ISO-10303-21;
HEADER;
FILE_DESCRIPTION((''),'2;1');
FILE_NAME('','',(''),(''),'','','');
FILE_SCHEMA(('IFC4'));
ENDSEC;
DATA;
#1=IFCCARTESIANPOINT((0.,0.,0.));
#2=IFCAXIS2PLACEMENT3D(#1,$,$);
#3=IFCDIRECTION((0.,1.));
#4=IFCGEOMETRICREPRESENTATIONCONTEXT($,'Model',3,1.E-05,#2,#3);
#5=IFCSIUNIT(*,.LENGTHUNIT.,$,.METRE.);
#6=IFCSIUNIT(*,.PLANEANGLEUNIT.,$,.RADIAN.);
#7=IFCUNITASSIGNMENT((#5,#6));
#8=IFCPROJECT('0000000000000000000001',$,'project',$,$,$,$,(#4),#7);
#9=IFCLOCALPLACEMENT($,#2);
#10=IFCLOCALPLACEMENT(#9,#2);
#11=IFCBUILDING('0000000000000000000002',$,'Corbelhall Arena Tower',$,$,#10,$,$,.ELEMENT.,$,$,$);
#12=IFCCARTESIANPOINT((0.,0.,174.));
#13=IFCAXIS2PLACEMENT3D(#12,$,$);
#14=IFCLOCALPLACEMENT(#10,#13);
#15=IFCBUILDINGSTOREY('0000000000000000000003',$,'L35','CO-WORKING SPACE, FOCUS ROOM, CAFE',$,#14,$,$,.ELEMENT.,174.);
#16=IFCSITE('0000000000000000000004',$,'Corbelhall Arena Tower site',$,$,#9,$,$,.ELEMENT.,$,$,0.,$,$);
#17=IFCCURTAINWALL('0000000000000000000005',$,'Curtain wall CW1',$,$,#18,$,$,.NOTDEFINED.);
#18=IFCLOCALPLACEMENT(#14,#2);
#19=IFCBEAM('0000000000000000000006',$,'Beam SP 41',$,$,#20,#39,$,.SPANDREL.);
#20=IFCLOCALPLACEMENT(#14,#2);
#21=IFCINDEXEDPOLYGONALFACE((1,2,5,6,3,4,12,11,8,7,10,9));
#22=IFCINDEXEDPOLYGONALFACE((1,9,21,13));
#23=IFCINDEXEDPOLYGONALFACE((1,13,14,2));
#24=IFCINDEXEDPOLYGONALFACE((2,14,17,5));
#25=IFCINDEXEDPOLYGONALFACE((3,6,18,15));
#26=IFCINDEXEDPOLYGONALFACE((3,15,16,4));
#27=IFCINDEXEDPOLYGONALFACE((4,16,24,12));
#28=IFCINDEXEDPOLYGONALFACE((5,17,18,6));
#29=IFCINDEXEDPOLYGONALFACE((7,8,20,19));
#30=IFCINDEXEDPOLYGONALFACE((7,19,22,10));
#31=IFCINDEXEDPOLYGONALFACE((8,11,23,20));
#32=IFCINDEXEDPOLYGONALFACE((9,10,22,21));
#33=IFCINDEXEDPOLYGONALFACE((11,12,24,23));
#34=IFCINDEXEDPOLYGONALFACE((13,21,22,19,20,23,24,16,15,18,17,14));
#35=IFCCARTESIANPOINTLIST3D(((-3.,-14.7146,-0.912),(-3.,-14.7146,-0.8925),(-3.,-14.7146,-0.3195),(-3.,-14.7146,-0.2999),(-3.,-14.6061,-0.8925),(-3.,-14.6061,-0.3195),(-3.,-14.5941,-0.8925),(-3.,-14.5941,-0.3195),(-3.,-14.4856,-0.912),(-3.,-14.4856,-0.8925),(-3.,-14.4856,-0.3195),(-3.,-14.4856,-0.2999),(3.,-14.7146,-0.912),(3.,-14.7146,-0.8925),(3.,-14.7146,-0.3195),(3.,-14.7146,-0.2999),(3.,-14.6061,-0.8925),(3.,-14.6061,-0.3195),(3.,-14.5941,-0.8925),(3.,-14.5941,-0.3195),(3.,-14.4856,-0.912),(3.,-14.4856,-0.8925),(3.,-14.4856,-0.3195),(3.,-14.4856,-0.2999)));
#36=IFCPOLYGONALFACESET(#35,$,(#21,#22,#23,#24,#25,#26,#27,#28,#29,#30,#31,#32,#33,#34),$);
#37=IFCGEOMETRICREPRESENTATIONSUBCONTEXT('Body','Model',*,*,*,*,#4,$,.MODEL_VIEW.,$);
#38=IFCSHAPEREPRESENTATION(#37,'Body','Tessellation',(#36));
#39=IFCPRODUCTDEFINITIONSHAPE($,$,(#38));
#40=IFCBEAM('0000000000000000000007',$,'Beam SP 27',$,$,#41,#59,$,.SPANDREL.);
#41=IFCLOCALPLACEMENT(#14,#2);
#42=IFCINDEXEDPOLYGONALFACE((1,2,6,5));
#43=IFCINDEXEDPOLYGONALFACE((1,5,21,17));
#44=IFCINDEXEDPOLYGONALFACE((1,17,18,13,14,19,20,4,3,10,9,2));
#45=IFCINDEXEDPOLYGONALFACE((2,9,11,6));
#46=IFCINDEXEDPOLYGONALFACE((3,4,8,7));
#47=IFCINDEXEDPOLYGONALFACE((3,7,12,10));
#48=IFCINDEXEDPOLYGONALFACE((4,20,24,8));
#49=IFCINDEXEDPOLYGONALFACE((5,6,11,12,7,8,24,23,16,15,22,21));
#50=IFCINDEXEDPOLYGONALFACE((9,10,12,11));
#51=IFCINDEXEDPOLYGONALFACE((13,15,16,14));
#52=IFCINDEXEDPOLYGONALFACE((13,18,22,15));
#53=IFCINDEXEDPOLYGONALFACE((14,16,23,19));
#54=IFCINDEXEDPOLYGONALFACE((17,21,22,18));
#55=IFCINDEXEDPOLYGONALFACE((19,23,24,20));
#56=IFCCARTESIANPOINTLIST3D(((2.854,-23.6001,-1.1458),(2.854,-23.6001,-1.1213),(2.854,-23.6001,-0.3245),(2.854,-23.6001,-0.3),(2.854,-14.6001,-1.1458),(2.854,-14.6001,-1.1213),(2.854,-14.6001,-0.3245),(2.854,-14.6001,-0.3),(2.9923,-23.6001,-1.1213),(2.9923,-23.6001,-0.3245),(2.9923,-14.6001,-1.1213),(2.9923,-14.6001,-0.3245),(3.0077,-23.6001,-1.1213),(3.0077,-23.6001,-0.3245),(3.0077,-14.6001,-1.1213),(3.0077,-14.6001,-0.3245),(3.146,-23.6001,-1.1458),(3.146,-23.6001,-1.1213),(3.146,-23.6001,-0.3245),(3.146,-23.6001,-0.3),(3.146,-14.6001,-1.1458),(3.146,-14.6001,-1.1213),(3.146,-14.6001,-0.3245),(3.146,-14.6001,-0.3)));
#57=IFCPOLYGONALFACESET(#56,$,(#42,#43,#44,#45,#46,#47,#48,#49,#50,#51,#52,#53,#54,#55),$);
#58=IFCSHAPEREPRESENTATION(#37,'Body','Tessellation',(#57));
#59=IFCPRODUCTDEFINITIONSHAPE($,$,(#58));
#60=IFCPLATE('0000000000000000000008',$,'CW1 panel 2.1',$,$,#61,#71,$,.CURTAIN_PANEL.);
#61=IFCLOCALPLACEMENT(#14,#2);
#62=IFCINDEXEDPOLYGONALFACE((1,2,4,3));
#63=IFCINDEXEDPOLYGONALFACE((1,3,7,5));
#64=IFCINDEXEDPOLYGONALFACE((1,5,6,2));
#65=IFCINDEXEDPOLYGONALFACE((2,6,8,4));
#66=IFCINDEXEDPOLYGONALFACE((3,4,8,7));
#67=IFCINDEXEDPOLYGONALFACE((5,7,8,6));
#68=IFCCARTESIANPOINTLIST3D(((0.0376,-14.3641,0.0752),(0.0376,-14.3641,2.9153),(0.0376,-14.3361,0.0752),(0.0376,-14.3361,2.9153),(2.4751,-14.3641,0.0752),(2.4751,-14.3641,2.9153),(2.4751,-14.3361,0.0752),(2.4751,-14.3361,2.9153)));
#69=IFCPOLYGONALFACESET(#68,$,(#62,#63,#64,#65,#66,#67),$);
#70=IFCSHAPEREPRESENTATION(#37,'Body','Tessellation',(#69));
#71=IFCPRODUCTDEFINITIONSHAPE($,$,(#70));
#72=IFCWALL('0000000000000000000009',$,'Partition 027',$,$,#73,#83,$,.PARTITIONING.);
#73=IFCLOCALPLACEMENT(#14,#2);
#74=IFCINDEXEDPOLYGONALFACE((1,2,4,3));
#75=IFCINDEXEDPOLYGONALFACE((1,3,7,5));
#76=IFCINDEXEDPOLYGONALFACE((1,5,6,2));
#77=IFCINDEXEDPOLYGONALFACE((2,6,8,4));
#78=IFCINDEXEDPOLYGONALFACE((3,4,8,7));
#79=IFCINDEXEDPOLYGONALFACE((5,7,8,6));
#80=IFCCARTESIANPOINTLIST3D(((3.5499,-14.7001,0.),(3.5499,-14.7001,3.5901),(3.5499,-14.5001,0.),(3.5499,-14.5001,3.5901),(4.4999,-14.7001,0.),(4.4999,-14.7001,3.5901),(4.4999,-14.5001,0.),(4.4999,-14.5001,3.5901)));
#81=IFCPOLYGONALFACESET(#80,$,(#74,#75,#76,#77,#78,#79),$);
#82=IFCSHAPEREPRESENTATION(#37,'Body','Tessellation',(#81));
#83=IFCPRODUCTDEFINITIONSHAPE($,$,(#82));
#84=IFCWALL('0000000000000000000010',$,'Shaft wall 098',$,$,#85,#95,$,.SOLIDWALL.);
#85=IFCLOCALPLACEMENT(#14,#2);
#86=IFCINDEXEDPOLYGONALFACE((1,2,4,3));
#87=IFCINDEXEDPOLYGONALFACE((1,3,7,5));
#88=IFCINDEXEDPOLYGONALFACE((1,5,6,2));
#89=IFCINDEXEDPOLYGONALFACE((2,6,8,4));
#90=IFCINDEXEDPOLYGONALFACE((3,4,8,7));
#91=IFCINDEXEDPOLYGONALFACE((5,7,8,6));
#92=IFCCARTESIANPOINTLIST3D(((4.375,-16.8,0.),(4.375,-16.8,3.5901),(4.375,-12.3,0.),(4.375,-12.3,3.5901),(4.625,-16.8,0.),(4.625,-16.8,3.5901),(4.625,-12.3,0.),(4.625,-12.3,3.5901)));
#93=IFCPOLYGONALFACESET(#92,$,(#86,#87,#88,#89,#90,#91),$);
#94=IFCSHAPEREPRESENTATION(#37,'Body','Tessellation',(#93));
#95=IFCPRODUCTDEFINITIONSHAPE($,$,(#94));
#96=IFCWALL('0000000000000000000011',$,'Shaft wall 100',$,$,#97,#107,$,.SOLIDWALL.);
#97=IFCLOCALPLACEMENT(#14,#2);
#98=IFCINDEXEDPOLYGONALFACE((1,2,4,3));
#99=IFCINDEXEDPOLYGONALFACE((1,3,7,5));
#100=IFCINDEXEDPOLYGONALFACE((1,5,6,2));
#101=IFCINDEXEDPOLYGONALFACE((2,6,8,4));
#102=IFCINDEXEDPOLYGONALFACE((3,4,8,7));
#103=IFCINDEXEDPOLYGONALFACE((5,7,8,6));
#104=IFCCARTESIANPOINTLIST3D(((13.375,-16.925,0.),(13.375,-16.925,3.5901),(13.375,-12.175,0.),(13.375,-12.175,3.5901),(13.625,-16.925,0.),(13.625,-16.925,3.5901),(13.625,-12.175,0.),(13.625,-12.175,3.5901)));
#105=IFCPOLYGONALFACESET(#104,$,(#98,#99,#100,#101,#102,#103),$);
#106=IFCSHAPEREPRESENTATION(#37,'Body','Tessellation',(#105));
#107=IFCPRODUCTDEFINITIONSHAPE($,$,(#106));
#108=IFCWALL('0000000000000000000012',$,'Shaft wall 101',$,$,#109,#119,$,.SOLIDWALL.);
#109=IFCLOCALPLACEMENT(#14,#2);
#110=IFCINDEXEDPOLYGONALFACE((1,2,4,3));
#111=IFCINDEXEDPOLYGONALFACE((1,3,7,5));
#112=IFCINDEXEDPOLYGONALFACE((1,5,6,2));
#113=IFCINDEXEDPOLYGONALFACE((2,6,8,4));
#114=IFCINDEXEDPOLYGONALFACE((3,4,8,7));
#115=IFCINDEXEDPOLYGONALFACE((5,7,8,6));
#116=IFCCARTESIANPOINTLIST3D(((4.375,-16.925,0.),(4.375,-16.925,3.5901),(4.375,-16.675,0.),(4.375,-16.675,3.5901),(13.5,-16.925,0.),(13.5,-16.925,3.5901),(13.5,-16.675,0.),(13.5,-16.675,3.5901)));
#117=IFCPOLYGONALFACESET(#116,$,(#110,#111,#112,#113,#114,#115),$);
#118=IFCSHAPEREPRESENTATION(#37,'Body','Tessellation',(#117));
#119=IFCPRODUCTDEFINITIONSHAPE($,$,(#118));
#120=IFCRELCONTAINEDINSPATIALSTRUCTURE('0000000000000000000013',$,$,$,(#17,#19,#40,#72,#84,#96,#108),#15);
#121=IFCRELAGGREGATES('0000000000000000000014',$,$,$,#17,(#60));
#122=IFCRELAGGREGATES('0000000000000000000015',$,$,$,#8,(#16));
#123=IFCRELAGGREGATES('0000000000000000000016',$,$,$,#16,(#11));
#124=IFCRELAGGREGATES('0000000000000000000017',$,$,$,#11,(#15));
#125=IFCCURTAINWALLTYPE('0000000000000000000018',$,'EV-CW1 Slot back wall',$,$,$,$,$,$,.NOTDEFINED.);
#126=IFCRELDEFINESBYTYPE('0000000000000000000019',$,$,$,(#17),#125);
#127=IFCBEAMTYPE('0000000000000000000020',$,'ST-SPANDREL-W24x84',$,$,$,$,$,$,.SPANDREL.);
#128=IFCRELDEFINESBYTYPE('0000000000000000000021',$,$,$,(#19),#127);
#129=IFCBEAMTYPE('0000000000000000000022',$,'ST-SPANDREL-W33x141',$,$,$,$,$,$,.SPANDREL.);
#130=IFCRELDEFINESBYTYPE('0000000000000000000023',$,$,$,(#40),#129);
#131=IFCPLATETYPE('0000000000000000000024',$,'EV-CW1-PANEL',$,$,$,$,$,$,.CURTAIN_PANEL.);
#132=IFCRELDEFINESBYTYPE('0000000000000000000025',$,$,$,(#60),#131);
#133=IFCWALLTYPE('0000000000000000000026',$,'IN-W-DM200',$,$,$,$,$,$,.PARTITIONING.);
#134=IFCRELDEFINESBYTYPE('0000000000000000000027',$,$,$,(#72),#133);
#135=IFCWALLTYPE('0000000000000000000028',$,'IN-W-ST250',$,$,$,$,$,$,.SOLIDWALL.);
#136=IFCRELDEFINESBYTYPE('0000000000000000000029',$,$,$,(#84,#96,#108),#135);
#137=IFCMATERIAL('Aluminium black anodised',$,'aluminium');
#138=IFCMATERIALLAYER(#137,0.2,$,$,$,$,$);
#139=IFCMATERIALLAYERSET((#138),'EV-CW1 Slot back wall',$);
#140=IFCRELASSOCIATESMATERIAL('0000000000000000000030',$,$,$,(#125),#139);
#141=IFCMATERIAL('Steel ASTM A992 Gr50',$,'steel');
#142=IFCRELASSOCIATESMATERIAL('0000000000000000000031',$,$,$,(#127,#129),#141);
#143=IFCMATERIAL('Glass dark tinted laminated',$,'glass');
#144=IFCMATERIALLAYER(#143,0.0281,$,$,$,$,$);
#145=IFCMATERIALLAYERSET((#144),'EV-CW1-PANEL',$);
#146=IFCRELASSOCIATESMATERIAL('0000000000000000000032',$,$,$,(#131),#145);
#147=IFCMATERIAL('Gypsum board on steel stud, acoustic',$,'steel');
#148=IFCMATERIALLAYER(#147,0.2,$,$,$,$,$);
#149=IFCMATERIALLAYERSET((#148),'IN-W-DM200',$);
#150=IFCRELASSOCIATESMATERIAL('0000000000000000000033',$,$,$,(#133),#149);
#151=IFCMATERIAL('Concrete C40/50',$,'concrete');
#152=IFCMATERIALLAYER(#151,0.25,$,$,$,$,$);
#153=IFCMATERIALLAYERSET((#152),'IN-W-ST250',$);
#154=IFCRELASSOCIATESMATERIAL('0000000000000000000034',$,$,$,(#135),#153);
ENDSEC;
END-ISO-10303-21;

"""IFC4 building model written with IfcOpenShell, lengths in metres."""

from ifc_helpers import new_model, si_unit, direction, frame, frame_2d, origin, origin_2d, place, context, subcontext, project, spatial, rectangle, i_section, extrude, material, layer, layer_set, material_profile, profile_set, type_object, element, aggregate, save


model = new_model("IFC4")

# Units and contexts
model_context = context("Model", 3, precision=1e-05, world=origin(), true_north=direction((0.0, 1.0)))
body_context = subcontext(model_context, "Body", "Model", "MODEL_VIEW")
ifc_project = project(units=[si_unit("LENGTHUNIT", "METRE"), si_unit("PLANEANGLEUNIT", "RADIAN")], contexts=[model_context])

# Site, building, storey
site_placement = place(None, origin())
site = spatial("IfcSite", under=ifc_project, at=site_placement, Name="Corbelhall Arena Tower site", CompositionType="ELEMENT", RefElevation=0.0)
building_placement = place(site_placement, origin())
building = spatial("IfcBuilding", under=site, at=building_placement, Name="Corbelhall Arena Tower", CompositionType="ELEMENT")
storey_placement = place(building_placement, frame((0.0, 0.0, 174.0)))
storey = spatial("IfcBuildingStorey", under=building, at=storey_placement, Name="L35", Description="CO-WORKING SPACE, FOCUS ROOM, CAFE", CompositionType="ELEMENT", Elevation=174.0)

# Curtain wall
ifc_material_1 = material(Name="Aluminium black anodised", Category="aluminium")
ifc_layer_1 = layer(ifc_material_1, 0.2)
ifc_layer_set_1 = layer_set([ifc_layer_1], Name="EV-CW1 Slot back wall")
curtain_wall_type = type_object("IfcCurtainWallType", Name="EV-CW1 Slot back wall", PredefinedType="NOTDEFINED", material=ifc_layer_set_1)
curtain_wall_placement = place(storey_placement, origin())
curtain_wall = element("IfcCurtainWall", 1, at=curtain_wall_placement, inside=storey, type_object=curtain_wall_type, Name="Curtain wall CW1", PredefinedType="NOTDEFINED")

# Beams
ifc_material_2 = material(Name="Steel ASTM A992 Gr50", Category="steel")
ifc_material_profile_1 = material_profile(ifc_material_2, i_section(OverallWidth=0.229, OverallDepth=0.6121, WebThickness=0.012, FlangeThickness=0.0195, at=origin_2d()))
ifc_profile_set_1 = profile_set([ifc_material_profile_1], Name="Steel ASTM A992 Gr50")
beam_type_1 = type_object("IfcBeamType", Name="ST-SPANDREL-W24x84", PredefinedType="SPANDREL", material=ifc_profile_set_1)
beam_1_placement = place(storey_placement, frame((3.0, -14.6001, -0.606), z_axis=(-1.0, 0.0, 0.0), x_axis=(0.0, -1.0, 0.0)))
element("IfcBeam", 2, at=beam_1_placement, inside=storey, type_object=beam_type_1, Name="Beam SP 41", PredefinedType="SPANDREL", context=body_context, shape_type="SweptSolid", body=[
    extrude(i_section(OverallWidth=0.229, OverallDepth=0.6121, WebThickness=0.012, FlangeThickness=0.0195, at=origin_2d()), origin(), (0.0, 0.0, 1.0), 6.0),
])
ifc_material_profile_2 = material_profile(ifc_material_2, i_section(OverallWidth=0.292, OverallDepth=0.8457, WebThickness=0.0154, FlangeThickness=0.0244, at=origin_2d()))
ifc_profile_set_2 = profile_set([ifc_material_profile_2], Name="Steel ASTM A992 Gr50")
beam_type_2 = type_object("IfcBeamType", Name="ST-SPANDREL-W33x141", PredefinedType="SPANDREL", material=ifc_profile_set_2)
beam_2_placement = place(storey_placement, frame((3.0, -23.6001, -0.7229), z_axis=(0.0, 1.0, 0.0), x_axis=(-1.0, 0.0, 0.0)))
element("IfcBeam", 3, at=beam_2_placement, inside=storey, type_object=beam_type_2, Name="Beam SP 27", PredefinedType="SPANDREL", context=body_context, shape_type="SweptSolid", body=[
    extrude(i_section(OverallWidth=0.292, OverallDepth=0.8457, WebThickness=0.0154, FlangeThickness=0.0244, at=origin_2d()), origin(), (0.0, 0.0, 1.0), 9.0),
])

# Plate
ifc_material_3 = material(Name="Glass dark tinted laminated", Category="glass")
ifc_layer_2 = layer(ifc_material_3, 0.0281)
ifc_layer_set_2 = layer_set([ifc_layer_2], Name="EV-CW1-PANEL")
plate_type = type_object("IfcPlateType", Name="EV-CW1-PANEL", PredefinedType="CURTAIN_PANEL", material=ifc_layer_set_2)
plate_placement = place(storey_placement, frame((1.2563, -14.3501, 0.0752), z_axis=(0.0, 0.0, 1.0), x_axis=(1.0, 0.0, 0.0)))
plate = element("IfcPlate", 4, at=plate_placement, type_object=plate_type, Name="CW1 panel 2.1", PredefinedType="CURTAIN_PANEL", context=body_context, shape_type="SweptSolid", body=[
    extrude(rectangle(XDim=2.4375, YDim=0.0281, at=origin_2d()), origin(), (0.0, 0.0, 1.0), 2.8401),
])
aggregate(curtain_wall, [plate])

# Wall
ifc_material_4 = material(Name="Gypsum board on steel stud, acoustic", Category="steel")
ifc_layer_3 = layer(ifc_material_4, 0.2)
ifc_layer_set_3 = layer_set([ifc_layer_3], Name="IN-W-DM200")
wall_type_1 = type_object("IfcWallType", Name="IN-W-DM200", PredefinedType="PARTITIONING", material=ifc_layer_set_3)
wall_1_placement = place(storey_placement, frame((4.5, -14.6001, 0.0), z_axis=(0.0, 0.0, 1.0), x_axis=(-1.0, 0.0, 0.0)))
element("IfcWall", 5, at=wall_1_placement, inside=storey, type_object=wall_type_1, Name="Partition 027", PredefinedType="PARTITIONING", context=body_context, shape_type="SweptSolid", body=[
    extrude(rectangle(XDim=0.95, YDim=0.2, at=frame_2d((0.4751, 0.0))), origin(), (0.0, 0.0, 1.0), 3.5901),
])

# Walls
ifc_material_5 = material(Name="Concrete C40/50", Category="concrete")
ifc_layer_4 = layer(ifc_material_5, 0.25)
ifc_layer_set_4 = layer_set([ifc_layer_4], Name="IN-W-ST250")
wall_type_2 = type_object("IfcWallType", Name="IN-W-ST250", PredefinedType="SOLIDWALL", material=ifc_layer_set_4)
wall_2_placement = place(storey_placement, frame((4.5, -16.8, 0.0), z_axis=(0.0, 0.0, 1.0), x_axis=(0.0, 1.0, 0.0)))
element("IfcWall", 6, at=wall_2_placement, inside=storey, type_object=wall_type_2, Name="Shaft wall 098", PredefinedType="SOLIDWALL", context=body_context, shape_type="SweptSolid", body=[
    extrude(rectangle(XDim=4.5, YDim=0.25, at=frame_2d((2.25, 0.0))), origin(), (0.0, 0.0, 1.0), 3.5901),
])
wall_3_placement = place(storey_placement, frame((13.5, -16.925, 0.0), z_axis=(0.0, 0.0, 1.0), x_axis=(0.0, 1.0, 0.0)))
element("IfcWall", 7, at=wall_3_placement, inside=storey, type_object=wall_type_2, Name="Shaft wall 100", PredefinedType="SOLIDWALL", context=body_context, shape_type="SweptSolid", body=[
    extrude(rectangle(XDim=4.75, YDim=0.25, at=frame_2d((2.375, 0.0))), origin(), (0.0, 0.0, 1.0), 3.5901),
])
wall_4_placement = place(storey_placement, frame((13.5, -16.8, 0.0), z_axis=(0.0, 0.0, 1.0), x_axis=(-1.0, 0.0, 0.0)))
element("IfcWall", 8, at=wall_4_placement, inside=storey, type_object=wall_type_2, Name="Shaft wall 101", PredefinedType="SOLIDWALL", context=body_context, shape_type="SweptSolid", body=[
    extrude(rectangle(XDim=9.125, YDim=0.25, at=frame_2d((4.5625, 0.0))), origin(), (0.0, 0.0, 1.0), 3.5901),
])

save(model, "model.ifc")
